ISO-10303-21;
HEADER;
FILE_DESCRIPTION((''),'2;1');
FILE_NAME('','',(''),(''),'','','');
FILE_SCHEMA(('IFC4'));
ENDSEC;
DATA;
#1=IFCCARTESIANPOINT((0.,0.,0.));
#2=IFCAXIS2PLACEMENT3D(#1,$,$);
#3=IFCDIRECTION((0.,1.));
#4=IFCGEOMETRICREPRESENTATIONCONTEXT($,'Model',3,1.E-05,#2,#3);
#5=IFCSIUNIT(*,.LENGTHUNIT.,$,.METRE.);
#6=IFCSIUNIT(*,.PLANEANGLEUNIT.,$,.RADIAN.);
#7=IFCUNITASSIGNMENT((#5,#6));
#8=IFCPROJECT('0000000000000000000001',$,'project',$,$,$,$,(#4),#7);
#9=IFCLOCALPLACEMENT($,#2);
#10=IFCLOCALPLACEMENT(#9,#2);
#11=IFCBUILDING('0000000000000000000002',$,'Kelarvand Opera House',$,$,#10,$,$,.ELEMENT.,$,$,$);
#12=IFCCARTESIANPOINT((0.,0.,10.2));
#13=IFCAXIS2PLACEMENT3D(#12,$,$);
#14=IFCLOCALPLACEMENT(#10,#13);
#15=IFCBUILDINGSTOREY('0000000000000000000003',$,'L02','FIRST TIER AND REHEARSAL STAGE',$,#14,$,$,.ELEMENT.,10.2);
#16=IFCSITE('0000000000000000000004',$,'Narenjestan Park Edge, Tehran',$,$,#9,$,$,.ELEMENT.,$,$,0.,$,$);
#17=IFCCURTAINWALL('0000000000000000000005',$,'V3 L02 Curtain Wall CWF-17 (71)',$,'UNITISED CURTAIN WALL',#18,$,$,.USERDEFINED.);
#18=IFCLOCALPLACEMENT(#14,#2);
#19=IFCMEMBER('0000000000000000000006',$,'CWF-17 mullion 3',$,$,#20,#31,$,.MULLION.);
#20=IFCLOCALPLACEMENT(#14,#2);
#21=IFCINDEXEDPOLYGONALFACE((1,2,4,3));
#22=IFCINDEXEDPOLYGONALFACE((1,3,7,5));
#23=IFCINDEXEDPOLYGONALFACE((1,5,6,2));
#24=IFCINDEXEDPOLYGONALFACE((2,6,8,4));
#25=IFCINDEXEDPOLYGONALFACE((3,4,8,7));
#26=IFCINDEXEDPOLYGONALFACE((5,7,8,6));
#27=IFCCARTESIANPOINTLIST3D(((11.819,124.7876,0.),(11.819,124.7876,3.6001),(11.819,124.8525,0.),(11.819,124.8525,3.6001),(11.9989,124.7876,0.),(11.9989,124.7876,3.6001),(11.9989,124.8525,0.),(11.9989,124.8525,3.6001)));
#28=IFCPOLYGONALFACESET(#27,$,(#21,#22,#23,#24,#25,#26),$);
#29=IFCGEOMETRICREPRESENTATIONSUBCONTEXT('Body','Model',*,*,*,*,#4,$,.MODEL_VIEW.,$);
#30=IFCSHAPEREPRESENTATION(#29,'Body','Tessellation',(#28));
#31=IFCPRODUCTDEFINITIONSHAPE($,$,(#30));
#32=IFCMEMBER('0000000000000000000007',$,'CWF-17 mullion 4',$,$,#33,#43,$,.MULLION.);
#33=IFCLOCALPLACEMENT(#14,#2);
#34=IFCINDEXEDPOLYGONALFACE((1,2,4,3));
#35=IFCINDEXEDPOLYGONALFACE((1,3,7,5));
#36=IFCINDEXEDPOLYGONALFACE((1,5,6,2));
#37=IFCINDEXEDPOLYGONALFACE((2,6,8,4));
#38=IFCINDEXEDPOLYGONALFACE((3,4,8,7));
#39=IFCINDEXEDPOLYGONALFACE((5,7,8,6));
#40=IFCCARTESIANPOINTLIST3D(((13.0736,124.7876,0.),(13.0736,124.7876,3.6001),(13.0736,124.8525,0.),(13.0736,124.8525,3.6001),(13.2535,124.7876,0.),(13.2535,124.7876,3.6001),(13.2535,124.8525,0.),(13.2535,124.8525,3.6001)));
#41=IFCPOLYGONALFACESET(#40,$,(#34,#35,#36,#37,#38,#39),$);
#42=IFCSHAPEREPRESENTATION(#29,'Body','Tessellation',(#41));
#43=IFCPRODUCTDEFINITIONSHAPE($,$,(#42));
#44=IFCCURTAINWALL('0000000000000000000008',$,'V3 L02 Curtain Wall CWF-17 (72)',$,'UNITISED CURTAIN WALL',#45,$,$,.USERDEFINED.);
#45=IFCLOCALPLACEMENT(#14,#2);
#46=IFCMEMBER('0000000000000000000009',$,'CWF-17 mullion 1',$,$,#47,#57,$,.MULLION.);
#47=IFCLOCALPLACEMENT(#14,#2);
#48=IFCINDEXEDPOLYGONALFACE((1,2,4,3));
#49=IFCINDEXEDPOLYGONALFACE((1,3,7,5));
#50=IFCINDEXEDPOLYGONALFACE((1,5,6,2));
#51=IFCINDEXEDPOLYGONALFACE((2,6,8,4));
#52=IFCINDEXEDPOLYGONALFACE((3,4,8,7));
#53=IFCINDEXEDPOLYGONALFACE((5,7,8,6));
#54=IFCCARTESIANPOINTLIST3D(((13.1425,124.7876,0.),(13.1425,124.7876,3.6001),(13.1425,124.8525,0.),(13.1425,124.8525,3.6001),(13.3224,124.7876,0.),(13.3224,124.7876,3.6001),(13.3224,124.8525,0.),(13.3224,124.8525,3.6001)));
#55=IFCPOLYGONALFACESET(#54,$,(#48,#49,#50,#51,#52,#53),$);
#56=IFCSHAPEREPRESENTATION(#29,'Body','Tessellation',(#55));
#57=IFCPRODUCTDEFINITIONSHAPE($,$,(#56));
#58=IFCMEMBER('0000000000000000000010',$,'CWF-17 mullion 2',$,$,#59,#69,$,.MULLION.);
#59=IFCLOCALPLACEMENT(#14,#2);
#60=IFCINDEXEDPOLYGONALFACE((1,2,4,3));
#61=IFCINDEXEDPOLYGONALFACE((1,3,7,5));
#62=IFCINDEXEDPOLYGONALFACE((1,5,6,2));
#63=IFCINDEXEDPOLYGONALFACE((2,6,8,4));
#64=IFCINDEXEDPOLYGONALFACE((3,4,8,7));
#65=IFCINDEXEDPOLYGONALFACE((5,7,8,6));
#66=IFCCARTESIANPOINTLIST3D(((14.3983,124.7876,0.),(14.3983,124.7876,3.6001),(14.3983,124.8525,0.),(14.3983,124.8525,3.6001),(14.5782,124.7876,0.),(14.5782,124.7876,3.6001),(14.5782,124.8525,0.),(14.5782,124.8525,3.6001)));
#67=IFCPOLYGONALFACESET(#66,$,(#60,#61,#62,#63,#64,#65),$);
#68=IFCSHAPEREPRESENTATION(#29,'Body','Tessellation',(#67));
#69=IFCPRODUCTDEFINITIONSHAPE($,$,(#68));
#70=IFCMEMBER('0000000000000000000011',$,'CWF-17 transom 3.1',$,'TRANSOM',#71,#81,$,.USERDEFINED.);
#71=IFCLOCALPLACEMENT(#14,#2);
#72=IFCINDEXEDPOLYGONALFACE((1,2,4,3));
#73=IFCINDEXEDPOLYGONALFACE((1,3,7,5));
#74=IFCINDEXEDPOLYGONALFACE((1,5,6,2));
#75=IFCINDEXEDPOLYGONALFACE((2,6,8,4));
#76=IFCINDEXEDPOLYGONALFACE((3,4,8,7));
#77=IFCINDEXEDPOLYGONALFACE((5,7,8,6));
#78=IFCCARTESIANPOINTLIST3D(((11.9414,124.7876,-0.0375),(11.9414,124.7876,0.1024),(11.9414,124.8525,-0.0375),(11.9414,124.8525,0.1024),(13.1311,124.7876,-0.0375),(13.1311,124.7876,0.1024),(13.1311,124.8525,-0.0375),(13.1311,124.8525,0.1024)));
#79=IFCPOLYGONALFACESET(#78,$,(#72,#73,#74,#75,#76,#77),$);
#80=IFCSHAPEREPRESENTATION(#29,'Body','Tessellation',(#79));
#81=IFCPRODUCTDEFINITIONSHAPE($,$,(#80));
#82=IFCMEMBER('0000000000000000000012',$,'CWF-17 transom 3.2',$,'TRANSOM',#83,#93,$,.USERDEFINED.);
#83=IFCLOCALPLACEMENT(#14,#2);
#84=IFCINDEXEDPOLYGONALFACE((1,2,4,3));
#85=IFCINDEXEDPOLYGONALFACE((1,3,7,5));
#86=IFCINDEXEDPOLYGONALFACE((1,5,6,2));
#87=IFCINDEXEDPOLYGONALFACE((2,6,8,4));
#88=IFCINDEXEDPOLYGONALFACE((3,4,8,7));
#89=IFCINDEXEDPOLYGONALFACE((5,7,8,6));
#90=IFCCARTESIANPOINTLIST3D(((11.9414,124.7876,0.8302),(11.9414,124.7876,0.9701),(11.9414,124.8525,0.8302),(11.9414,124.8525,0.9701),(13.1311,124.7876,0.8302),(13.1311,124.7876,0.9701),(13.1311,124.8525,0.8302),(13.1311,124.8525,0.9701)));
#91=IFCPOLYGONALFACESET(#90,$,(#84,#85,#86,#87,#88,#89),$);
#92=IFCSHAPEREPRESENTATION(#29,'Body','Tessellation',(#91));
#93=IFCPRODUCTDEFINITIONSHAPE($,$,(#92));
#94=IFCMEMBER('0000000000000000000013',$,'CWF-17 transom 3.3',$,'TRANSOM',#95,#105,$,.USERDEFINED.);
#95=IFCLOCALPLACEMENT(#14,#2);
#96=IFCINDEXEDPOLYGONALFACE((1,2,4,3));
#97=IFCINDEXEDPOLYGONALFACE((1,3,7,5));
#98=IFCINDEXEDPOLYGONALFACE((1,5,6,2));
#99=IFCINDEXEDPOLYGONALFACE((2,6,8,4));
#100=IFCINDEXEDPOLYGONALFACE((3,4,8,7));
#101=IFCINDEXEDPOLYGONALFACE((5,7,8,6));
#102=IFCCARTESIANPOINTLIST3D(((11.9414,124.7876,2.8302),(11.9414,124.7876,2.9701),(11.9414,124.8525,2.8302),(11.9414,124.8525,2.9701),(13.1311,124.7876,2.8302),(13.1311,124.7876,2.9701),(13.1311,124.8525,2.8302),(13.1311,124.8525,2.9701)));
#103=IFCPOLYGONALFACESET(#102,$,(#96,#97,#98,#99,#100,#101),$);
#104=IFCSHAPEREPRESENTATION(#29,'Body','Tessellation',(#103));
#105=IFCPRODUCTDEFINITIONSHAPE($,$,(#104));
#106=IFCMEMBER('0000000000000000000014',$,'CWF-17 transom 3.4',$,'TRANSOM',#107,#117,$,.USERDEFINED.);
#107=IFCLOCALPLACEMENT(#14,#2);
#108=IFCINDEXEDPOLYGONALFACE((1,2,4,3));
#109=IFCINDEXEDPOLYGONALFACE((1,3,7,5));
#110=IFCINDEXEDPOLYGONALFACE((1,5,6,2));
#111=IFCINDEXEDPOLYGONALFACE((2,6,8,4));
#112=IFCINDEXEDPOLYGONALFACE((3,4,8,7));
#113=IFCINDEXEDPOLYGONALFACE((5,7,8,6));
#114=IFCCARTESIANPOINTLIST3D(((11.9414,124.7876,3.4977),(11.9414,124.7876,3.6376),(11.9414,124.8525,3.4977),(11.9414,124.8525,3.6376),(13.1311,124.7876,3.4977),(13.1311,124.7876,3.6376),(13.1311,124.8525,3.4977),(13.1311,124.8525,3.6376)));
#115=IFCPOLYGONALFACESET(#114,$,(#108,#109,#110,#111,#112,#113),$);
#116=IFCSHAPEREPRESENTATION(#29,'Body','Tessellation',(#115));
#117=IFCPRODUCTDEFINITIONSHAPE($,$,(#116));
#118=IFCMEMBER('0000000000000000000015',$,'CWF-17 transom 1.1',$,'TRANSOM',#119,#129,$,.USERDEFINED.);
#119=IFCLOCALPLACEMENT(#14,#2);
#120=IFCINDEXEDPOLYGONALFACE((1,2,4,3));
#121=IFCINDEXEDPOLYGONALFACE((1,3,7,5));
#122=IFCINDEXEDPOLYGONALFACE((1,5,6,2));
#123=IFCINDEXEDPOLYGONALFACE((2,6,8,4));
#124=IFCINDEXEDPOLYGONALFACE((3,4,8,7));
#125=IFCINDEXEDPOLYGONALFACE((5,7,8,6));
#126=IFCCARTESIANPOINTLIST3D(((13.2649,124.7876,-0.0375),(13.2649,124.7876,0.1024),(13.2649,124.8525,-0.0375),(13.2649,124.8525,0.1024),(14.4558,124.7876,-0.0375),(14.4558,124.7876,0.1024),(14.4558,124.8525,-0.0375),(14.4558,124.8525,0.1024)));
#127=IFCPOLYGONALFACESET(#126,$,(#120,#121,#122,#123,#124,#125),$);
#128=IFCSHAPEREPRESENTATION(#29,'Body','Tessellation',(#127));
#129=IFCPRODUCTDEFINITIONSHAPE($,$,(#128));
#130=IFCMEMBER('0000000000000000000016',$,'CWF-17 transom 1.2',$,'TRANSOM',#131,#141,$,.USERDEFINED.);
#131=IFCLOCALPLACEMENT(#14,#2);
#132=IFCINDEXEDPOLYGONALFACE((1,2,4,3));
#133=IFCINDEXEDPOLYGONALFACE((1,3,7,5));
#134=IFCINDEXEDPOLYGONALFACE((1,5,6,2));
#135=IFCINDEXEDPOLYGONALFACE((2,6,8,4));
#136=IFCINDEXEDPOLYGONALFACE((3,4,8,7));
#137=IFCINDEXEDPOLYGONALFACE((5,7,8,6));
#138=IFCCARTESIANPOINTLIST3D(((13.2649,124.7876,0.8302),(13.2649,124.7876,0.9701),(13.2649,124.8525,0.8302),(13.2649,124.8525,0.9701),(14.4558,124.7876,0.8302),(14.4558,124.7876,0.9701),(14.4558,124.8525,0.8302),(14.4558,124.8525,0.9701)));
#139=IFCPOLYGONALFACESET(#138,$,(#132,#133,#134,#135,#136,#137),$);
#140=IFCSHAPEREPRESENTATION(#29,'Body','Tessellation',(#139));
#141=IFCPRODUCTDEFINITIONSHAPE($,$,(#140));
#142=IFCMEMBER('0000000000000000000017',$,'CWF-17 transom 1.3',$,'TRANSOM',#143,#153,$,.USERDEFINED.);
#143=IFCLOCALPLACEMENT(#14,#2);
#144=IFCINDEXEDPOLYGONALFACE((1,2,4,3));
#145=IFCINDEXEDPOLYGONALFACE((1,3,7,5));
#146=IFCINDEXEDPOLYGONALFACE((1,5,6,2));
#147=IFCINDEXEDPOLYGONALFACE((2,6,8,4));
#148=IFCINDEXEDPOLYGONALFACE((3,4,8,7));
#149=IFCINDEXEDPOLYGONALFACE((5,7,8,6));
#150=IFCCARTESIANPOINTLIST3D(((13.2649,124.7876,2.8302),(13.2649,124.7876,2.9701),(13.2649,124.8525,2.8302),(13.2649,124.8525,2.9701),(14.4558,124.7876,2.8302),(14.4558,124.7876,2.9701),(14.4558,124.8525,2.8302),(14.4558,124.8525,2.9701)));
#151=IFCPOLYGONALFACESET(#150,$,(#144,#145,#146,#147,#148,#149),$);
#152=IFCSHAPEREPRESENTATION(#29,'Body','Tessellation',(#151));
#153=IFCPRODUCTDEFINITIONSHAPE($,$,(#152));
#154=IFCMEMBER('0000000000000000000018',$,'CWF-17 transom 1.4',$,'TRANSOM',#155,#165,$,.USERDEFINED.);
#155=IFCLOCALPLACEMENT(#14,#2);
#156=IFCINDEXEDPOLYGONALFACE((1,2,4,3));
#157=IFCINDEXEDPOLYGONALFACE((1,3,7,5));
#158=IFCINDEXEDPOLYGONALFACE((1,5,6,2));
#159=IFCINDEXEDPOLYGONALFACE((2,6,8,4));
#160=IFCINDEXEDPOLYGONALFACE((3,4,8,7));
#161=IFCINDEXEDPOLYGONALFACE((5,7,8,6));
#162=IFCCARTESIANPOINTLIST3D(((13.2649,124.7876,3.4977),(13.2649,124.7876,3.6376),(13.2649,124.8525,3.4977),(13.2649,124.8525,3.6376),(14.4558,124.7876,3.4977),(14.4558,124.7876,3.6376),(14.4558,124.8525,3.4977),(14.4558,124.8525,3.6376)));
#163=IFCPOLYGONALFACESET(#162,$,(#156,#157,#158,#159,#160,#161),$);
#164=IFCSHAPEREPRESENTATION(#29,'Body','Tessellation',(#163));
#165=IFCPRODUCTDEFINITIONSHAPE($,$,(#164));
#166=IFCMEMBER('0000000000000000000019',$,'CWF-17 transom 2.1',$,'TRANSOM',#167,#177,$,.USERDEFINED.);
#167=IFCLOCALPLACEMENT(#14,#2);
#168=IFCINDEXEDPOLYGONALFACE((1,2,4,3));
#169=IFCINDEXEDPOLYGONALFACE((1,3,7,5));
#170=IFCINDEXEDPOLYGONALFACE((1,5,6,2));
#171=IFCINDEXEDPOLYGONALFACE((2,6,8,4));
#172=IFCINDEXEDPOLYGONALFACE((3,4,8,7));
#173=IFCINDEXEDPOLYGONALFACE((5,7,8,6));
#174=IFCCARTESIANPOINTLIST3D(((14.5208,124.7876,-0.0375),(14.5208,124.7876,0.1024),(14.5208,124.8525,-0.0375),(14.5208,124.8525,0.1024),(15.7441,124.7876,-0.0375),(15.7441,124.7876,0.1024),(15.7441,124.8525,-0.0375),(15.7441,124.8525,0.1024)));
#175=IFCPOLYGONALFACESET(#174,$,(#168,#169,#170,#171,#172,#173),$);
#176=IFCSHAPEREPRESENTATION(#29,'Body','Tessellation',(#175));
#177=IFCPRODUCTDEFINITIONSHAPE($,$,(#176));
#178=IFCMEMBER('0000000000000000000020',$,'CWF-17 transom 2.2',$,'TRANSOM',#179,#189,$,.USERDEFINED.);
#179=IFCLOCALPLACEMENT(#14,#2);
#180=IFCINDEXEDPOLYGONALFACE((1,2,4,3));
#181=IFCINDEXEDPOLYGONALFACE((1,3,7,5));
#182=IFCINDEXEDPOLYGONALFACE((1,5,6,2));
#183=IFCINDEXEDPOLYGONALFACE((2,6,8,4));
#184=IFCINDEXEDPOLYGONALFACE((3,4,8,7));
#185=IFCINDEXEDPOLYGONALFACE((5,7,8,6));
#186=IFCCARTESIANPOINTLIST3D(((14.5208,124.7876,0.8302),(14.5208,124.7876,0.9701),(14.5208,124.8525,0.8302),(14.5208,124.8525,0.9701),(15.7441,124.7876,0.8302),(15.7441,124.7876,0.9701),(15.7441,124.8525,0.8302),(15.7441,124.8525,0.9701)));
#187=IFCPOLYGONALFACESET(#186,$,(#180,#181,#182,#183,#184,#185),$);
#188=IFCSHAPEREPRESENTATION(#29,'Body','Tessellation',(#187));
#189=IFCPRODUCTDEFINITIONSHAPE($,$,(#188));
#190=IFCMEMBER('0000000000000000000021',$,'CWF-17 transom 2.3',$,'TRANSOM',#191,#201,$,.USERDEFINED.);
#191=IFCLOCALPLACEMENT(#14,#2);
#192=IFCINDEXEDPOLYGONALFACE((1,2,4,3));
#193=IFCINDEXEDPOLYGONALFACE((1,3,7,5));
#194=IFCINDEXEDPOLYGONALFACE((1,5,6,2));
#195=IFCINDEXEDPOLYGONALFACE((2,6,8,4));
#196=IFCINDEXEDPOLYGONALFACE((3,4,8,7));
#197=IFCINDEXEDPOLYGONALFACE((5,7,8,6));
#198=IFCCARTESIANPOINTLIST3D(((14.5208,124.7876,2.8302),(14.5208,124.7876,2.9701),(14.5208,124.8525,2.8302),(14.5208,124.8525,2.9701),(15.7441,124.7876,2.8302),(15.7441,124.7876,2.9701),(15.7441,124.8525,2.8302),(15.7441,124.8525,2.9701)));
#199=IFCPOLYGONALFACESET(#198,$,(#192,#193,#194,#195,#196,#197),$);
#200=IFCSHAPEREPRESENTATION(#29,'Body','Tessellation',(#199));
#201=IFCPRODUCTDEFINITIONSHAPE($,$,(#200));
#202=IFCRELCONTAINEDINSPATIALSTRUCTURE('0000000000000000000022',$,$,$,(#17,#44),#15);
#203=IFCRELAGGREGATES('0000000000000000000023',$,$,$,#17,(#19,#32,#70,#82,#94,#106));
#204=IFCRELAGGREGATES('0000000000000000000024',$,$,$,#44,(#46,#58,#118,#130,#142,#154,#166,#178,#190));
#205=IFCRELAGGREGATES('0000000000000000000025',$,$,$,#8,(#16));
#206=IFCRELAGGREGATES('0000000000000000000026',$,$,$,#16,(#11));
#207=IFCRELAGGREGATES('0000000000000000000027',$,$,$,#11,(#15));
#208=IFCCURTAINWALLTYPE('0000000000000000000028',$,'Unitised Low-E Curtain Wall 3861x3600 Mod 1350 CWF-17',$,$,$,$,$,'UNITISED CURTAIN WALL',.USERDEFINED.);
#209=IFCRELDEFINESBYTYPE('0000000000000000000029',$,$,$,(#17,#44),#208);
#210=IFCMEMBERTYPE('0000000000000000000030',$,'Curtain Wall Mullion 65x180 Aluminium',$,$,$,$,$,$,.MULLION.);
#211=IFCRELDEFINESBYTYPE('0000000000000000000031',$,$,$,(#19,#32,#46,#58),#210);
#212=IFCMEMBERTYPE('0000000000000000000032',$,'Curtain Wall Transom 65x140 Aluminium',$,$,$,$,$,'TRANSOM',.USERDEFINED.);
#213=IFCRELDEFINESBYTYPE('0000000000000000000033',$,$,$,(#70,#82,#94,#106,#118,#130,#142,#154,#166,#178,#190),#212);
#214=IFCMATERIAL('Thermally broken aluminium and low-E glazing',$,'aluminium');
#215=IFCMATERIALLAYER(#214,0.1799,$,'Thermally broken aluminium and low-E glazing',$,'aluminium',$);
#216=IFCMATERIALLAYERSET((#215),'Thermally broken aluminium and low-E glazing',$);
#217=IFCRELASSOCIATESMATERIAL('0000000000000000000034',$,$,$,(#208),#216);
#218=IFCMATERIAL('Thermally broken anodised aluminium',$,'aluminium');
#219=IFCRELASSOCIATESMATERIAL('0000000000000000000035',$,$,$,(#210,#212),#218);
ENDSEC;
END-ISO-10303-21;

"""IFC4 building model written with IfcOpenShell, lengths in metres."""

from ifc_helpers import new_model, si_unit, direction, frame, origin, origin_2d, place, context, subcontext, project, spatial, rectangle, extrude, material, layer, layer_set, material_profile, profile_set, type_object, element, aggregate, save


model = new_model("IFC4")

# Units and contexts
model_context = context("Model", 3, precision=1e-05, world=origin(), true_north=direction((0.0, 1.0)))
body_context = subcontext(model_context, "Body", "Model", "MODEL_VIEW")
ifc_project = project(units=[si_unit("LENGTHUNIT", "METRE"), si_unit("PLANEANGLEUNIT", "RADIAN")], contexts=[model_context])

# Site, building, storey
site_placement = place(None, origin())
site = spatial("IfcSite", under=ifc_project, at=site_placement, Name="Narenjestan Park Edge, Tehran", CompositionType="ELEMENT", RefElevation=0.0)
building_placement = place(site_placement, origin())
building = spatial("IfcBuilding", under=site, at=building_placement, Name="Kelarvand Opera House", CompositionType="ELEMENT")
storey_placement = place(building_placement, frame((0.0, 0.0, 10.2)))
storey = spatial("IfcBuildingStorey", under=building, at=storey_placement, Name="L02", Description="FIRST TIER AND REHEARSAL STAGE", CompositionType="ELEMENT", Elevation=10.2)

# Curtain walls, members
ifc_material_1 = material(Name="Thermally broken aluminium and low-E glazing", Category="aluminium")
ifc_layer_1 = layer(ifc_material_1, 0.1799, Name="Thermally broken aluminium and low-E glazing", Category="aluminium")
ifc_layer_set_1 = layer_set([ifc_layer_1], Name="Thermally broken aluminium and low-E glazing")
curtain_wall_type = type_object("IfcCurtainWallType", Name="Unitised Low-E Curtain Wall 3861x3600 Mod 1350 CWF-17", ElementType="UNITISED CURTAIN WALL", PredefinedType="USERDEFINED", material=ifc_layer_set_1)
curtain_wall_1_placement = place(storey_placement, origin())
curtain_wall_1 = element("IfcCurtainWall", 1, at=curtain_wall_1_placement, inside=storey, type_object=curtain_wall_type, Name="V3 L02 Curtain Wall CWF-17 (71)", ObjectType="UNITISED CURTAIN WALL", PredefinedType="USERDEFINED")
ifc_material_2 = material(Name="Thermally broken anodised aluminium", Category="aluminium")
ifc_material_profile_1 = material_profile(ifc_material_2, rectangle(XDim=0.0649, YDim=0.1799, at=origin_2d()), Name="ALU MULLION 65x180", Category="aluminium")
ifc_profile_set_1 = profile_set([ifc_material_profile_1], Name="Thermally broken anodised aluminium")
member_type_1 = type_object("IfcMemberType", Name="Curtain Wall Mullion 65x180 Aluminium", PredefinedType="MULLION", material=ifc_profile_set_1)
member_1_placement = place(storey_placement, frame((11.9089, 124.8201, 0.0), z_axis=(0.0, 0.0, 1.0), x_axis=(0.0, 1.0, 0.0)))
member_1 = element("IfcMember", 2, at=member_1_placement, type_object=member_type_1, Name="CWF-17 mullion 3", PredefinedType="MULLION", context=body_context, shape_type="SweptSolid", body=[
    extrude(rectangle(XDim=0.0649, YDim=0.1799, at=origin_2d()), origin(), (0.0, 0.0, 1.0), 3.6001),
])
member_2_placement = place(storey_placement, frame((13.1636, 124.8201, 0.0), z_axis=(0.0, 0.0, 1.0), x_axis=(0.0, 1.0, 0.0)))
member_2 = element("IfcMember", 3, at=member_2_placement, type_object=member_type_1, Name="CWF-17 mullion 4", PredefinedType="MULLION", context=body_context, shape_type="SweptSolid", body=[
    extrude(rectangle(XDim=0.0649, YDim=0.1799, at=origin_2d()), origin(), (0.0, 0.0, 1.0), 3.6001),
])
curtain_wall_2_placement = place(storey_placement, origin())
curtain_wall_2 = element("IfcCurtainWall", 4, at=curtain_wall_2_placement, inside=storey, type_object=curtain_wall_type, Name="V3 L02 Curtain Wall CWF-17 (72)", ObjectType="UNITISED CURTAIN WALL", PredefinedType="USERDEFINED")
member_3_placement = place(storey_placement, frame((13.2324, 124.8201, 0.0), z_axis=(0.0, 0.0, 1.0), x_axis=(0.0, 1.0, 0.0)))
member_3 = element("IfcMember", 5, at=member_3_placement, type_object=member_type_1, Name="CWF-17 mullion 1", PredefinedType="MULLION", context=body_context, shape_type="SweptSolid", body=[
    extrude(rectangle(XDim=0.0649, YDim=0.1799, at=origin_2d()), origin(), (0.0, 0.0, 1.0), 3.6001),
])
member_4_placement = place(storey_placement, frame((14.4883, 124.8201, 0.0), z_axis=(0.0, 0.0, 1.0), x_axis=(0.0, 1.0, 0.0)))
member_4 = element("IfcMember", 6, at=member_4_placement, type_object=member_type_1, Name="CWF-17 mullion 2", PredefinedType="MULLION", context=body_context, shape_type="SweptSolid", body=[
    extrude(rectangle(XDim=0.0649, YDim=0.1799, at=origin_2d()), origin(), (0.0, 0.0, 1.0), 3.6001),
])

# Members
ifc_material_profile_2 = material_profile(ifc_material_2, rectangle(XDim=0.0649, YDim=0.1399, at=origin_2d()), Name="ALU TRANSOM 65x140", Category="aluminium")
ifc_profile_set_2 = profile_set([ifc_material_profile_2], Name="Thermally broken anodised aluminium")
member_type_2 = type_object("IfcMemberType", Name="Curtain Wall Transom 65x140 Aluminium", ElementType="TRANSOM", PredefinedType="USERDEFINED", material=ifc_profile_set_2)
member_5_placement = place(storey_placement, frame((11.9414, 124.8201, 0.0325), z_axis=(1.0, 0.0, 0.0), x_axis=(0.0, 1.0, 0.0)))
member_5 = element("IfcMember", 7, at=member_5_placement, type_object=member_type_2, Name="CWF-17 transom 3.1", ObjectType="TRANSOM", PredefinedType="USERDEFINED", context=body_context, shape_type="SweptSolid", body=[
    extrude(rectangle(XDim=0.0649, YDim=0.1399, at=origin_2d()), origin(), (0.0, 0.0, 1.0), 1.1897),
])
member_6_placement = place(storey_placement, frame((11.9414, 124.8201, 0.9001), z_axis=(1.0, 0.0, 0.0), x_axis=(0.0, 1.0, 0.0)))
member_6 = element("IfcMember", 8, at=member_6_placement, type_object=member_type_2, Name="CWF-17 transom 3.2", ObjectType="TRANSOM", PredefinedType="USERDEFINED", context=body_context, shape_type="SweptSolid", body=[
    extrude(rectangle(XDim=0.0649, YDim=0.1399, at=origin_2d()), origin(), (0.0, 0.0, 1.0), 1.1897),
])
member_7_placement = place(storey_placement, frame((11.9414, 124.8201, 2.9001), z_axis=(1.0, 0.0, 0.0), x_axis=(0.0, 1.0, 0.0)))
member_7 = element("IfcMember", 9, at=member_7_placement, type_object=member_type_2, Name="CWF-17 transom 3.3", ObjectType="TRANSOM", PredefinedType="USERDEFINED", context=body_context, shape_type="SweptSolid", body=[
    extrude(rectangle(XDim=0.0649, YDim=0.1399, at=origin_2d()), origin(), (0.0, 0.0, 1.0), 1.1897),
])
member_8_placement = place(storey_placement, frame((11.9414, 124.8201, 3.5676), z_axis=(1.0, 0.0, 0.0), x_axis=(0.0, 1.0, 0.0)))
member_8 = element("IfcMember", 10, at=member_8_placement, type_object=member_type_2, Name="CWF-17 transom 3.4", ObjectType="TRANSOM", PredefinedType="USERDEFINED", context=body_context, shape_type="SweptSolid", body=[
    extrude(rectangle(XDim=0.0649, YDim=0.1399, at=origin_2d()), origin(), (0.0, 0.0, 1.0), 1.1897),
])
member_9_placement = place(storey_placement, frame((13.2649, 124.8201, 0.0325), z_axis=(1.0, 0.0, 0.0), x_axis=(0.0, 1.0, 0.0)))
member_9 = element("IfcMember", 11, at=member_9_placement, type_object=member_type_2, Name="CWF-17 transom 1.1", ObjectType="TRANSOM", PredefinedType="USERDEFINED", context=body_context, shape_type="SweptSolid", body=[
    extrude(rectangle(XDim=0.0649, YDim=0.1399, at=origin_2d()), origin(), (0.0, 0.0, 1.0), 1.1909),
])
member_10_placement = place(storey_placement, frame((13.2649, 124.8201, 0.9001), z_axis=(1.0, 0.0, 0.0), x_axis=(0.0, 1.0, 0.0)))
member_10 = element("IfcMember", 12, at=member_10_placement, type_object=member_type_2, Name="CWF-17 transom 1.2", ObjectType="TRANSOM", PredefinedType="USERDEFINED", context=body_context, shape_type="SweptSolid", body=[
    extrude(rectangle(XDim=0.0649, YDim=0.1399, at=origin_2d()), origin(), (0.0, 0.0, 1.0), 1.1909),
])
member_11_placement = place(storey_placement, frame((13.2649, 124.8201, 2.9001), z_axis=(1.0, 0.0, 0.0), x_axis=(0.0, 1.0, 0.0)))
member_11 = element("IfcMember", 13, at=member_11_placement, type_object=member_type_2, Name="CWF-17 transom 1.3", ObjectType="TRANSOM", PredefinedType="USERDEFINED", context=body_context, shape_type="SweptSolid", body=[
    extrude(rectangle(XDim=0.0649, YDim=0.1399, at=origin_2d()), origin(), (0.0, 0.0, 1.0), 1.1909),
])
member_12_placement = place(storey_placement, frame((13.2649, 124.8201, 3.5676), z_axis=(1.0, 0.0, 0.0), x_axis=(0.0, 1.0, 0.0)))
member_12 = element("IfcMember", 14, at=member_12_placement, type_object=member_type_2, Name="CWF-17 transom 1.4", ObjectType="TRANSOM", PredefinedType="USERDEFINED", context=body_context, shape_type="SweptSolid", body=[
    extrude(rectangle(XDim=0.0649, YDim=0.1399, at=origin_2d()), origin(), (0.0, 0.0, 1.0), 1.1909),
])
member_13_placement = place(storey_placement, frame((14.5208, 124.8201, 0.0325), z_axis=(1.0, 0.0, 0.0), x_axis=(0.0, 1.0, 0.0)))
member_13 = element("IfcMember", 15, at=member_13_placement, type_object=member_type_2, Name="CWF-17 transom 2.1", ObjectType="TRANSOM", PredefinedType="USERDEFINED", context=body_context, shape_type="SweptSolid", body=[
    extrude(rectangle(XDim=0.0649, YDim=0.1399, at=origin_2d()), origin(), (0.0, 0.0, 1.0), 1.2234),
])
member_14_placement = place(storey_placement, frame((14.5208, 124.8201, 0.9001), z_axis=(1.0, 0.0, 0.0), x_axis=(0.0, 1.0, 0.0)))
member_14 = element("IfcMember", 16, at=member_14_placement, type_object=member_type_2, Name="CWF-17 transom 2.2", ObjectType="TRANSOM", PredefinedType="USERDEFINED", context=body_context, shape_type="SweptSolid", body=[
    extrude(rectangle(XDim=0.0649, YDim=0.1399, at=origin_2d()), origin(), (0.0, 0.0, 1.0), 1.2234),
])
member_15_placement = place(storey_placement, frame((14.5208, 124.8201, 2.9001), z_axis=(1.0, 0.0, 0.0), x_axis=(0.0, 1.0, 0.0)))
member_15 = element("IfcMember", 17, at=member_15_placement, type_object=member_type_2, Name="CWF-17 transom 2.3", ObjectType="TRANSOM", PredefinedType="USERDEFINED", context=body_context, shape_type="SweptSolid", body=[
    extrude(rectangle(XDim=0.0649, YDim=0.1399, at=origin_2d()), origin(), (0.0, 0.0, 1.0), 1.2234),
])

aggregate(curtain_wall_1, [member_1, member_2, member_5, member_6, member_7, member_8])
aggregate(curtain_wall_2, [member_3, member_4, member_9, member_10, member_11, member_12, member_13, member_14, member_15])

save(model, "model.ifc")
